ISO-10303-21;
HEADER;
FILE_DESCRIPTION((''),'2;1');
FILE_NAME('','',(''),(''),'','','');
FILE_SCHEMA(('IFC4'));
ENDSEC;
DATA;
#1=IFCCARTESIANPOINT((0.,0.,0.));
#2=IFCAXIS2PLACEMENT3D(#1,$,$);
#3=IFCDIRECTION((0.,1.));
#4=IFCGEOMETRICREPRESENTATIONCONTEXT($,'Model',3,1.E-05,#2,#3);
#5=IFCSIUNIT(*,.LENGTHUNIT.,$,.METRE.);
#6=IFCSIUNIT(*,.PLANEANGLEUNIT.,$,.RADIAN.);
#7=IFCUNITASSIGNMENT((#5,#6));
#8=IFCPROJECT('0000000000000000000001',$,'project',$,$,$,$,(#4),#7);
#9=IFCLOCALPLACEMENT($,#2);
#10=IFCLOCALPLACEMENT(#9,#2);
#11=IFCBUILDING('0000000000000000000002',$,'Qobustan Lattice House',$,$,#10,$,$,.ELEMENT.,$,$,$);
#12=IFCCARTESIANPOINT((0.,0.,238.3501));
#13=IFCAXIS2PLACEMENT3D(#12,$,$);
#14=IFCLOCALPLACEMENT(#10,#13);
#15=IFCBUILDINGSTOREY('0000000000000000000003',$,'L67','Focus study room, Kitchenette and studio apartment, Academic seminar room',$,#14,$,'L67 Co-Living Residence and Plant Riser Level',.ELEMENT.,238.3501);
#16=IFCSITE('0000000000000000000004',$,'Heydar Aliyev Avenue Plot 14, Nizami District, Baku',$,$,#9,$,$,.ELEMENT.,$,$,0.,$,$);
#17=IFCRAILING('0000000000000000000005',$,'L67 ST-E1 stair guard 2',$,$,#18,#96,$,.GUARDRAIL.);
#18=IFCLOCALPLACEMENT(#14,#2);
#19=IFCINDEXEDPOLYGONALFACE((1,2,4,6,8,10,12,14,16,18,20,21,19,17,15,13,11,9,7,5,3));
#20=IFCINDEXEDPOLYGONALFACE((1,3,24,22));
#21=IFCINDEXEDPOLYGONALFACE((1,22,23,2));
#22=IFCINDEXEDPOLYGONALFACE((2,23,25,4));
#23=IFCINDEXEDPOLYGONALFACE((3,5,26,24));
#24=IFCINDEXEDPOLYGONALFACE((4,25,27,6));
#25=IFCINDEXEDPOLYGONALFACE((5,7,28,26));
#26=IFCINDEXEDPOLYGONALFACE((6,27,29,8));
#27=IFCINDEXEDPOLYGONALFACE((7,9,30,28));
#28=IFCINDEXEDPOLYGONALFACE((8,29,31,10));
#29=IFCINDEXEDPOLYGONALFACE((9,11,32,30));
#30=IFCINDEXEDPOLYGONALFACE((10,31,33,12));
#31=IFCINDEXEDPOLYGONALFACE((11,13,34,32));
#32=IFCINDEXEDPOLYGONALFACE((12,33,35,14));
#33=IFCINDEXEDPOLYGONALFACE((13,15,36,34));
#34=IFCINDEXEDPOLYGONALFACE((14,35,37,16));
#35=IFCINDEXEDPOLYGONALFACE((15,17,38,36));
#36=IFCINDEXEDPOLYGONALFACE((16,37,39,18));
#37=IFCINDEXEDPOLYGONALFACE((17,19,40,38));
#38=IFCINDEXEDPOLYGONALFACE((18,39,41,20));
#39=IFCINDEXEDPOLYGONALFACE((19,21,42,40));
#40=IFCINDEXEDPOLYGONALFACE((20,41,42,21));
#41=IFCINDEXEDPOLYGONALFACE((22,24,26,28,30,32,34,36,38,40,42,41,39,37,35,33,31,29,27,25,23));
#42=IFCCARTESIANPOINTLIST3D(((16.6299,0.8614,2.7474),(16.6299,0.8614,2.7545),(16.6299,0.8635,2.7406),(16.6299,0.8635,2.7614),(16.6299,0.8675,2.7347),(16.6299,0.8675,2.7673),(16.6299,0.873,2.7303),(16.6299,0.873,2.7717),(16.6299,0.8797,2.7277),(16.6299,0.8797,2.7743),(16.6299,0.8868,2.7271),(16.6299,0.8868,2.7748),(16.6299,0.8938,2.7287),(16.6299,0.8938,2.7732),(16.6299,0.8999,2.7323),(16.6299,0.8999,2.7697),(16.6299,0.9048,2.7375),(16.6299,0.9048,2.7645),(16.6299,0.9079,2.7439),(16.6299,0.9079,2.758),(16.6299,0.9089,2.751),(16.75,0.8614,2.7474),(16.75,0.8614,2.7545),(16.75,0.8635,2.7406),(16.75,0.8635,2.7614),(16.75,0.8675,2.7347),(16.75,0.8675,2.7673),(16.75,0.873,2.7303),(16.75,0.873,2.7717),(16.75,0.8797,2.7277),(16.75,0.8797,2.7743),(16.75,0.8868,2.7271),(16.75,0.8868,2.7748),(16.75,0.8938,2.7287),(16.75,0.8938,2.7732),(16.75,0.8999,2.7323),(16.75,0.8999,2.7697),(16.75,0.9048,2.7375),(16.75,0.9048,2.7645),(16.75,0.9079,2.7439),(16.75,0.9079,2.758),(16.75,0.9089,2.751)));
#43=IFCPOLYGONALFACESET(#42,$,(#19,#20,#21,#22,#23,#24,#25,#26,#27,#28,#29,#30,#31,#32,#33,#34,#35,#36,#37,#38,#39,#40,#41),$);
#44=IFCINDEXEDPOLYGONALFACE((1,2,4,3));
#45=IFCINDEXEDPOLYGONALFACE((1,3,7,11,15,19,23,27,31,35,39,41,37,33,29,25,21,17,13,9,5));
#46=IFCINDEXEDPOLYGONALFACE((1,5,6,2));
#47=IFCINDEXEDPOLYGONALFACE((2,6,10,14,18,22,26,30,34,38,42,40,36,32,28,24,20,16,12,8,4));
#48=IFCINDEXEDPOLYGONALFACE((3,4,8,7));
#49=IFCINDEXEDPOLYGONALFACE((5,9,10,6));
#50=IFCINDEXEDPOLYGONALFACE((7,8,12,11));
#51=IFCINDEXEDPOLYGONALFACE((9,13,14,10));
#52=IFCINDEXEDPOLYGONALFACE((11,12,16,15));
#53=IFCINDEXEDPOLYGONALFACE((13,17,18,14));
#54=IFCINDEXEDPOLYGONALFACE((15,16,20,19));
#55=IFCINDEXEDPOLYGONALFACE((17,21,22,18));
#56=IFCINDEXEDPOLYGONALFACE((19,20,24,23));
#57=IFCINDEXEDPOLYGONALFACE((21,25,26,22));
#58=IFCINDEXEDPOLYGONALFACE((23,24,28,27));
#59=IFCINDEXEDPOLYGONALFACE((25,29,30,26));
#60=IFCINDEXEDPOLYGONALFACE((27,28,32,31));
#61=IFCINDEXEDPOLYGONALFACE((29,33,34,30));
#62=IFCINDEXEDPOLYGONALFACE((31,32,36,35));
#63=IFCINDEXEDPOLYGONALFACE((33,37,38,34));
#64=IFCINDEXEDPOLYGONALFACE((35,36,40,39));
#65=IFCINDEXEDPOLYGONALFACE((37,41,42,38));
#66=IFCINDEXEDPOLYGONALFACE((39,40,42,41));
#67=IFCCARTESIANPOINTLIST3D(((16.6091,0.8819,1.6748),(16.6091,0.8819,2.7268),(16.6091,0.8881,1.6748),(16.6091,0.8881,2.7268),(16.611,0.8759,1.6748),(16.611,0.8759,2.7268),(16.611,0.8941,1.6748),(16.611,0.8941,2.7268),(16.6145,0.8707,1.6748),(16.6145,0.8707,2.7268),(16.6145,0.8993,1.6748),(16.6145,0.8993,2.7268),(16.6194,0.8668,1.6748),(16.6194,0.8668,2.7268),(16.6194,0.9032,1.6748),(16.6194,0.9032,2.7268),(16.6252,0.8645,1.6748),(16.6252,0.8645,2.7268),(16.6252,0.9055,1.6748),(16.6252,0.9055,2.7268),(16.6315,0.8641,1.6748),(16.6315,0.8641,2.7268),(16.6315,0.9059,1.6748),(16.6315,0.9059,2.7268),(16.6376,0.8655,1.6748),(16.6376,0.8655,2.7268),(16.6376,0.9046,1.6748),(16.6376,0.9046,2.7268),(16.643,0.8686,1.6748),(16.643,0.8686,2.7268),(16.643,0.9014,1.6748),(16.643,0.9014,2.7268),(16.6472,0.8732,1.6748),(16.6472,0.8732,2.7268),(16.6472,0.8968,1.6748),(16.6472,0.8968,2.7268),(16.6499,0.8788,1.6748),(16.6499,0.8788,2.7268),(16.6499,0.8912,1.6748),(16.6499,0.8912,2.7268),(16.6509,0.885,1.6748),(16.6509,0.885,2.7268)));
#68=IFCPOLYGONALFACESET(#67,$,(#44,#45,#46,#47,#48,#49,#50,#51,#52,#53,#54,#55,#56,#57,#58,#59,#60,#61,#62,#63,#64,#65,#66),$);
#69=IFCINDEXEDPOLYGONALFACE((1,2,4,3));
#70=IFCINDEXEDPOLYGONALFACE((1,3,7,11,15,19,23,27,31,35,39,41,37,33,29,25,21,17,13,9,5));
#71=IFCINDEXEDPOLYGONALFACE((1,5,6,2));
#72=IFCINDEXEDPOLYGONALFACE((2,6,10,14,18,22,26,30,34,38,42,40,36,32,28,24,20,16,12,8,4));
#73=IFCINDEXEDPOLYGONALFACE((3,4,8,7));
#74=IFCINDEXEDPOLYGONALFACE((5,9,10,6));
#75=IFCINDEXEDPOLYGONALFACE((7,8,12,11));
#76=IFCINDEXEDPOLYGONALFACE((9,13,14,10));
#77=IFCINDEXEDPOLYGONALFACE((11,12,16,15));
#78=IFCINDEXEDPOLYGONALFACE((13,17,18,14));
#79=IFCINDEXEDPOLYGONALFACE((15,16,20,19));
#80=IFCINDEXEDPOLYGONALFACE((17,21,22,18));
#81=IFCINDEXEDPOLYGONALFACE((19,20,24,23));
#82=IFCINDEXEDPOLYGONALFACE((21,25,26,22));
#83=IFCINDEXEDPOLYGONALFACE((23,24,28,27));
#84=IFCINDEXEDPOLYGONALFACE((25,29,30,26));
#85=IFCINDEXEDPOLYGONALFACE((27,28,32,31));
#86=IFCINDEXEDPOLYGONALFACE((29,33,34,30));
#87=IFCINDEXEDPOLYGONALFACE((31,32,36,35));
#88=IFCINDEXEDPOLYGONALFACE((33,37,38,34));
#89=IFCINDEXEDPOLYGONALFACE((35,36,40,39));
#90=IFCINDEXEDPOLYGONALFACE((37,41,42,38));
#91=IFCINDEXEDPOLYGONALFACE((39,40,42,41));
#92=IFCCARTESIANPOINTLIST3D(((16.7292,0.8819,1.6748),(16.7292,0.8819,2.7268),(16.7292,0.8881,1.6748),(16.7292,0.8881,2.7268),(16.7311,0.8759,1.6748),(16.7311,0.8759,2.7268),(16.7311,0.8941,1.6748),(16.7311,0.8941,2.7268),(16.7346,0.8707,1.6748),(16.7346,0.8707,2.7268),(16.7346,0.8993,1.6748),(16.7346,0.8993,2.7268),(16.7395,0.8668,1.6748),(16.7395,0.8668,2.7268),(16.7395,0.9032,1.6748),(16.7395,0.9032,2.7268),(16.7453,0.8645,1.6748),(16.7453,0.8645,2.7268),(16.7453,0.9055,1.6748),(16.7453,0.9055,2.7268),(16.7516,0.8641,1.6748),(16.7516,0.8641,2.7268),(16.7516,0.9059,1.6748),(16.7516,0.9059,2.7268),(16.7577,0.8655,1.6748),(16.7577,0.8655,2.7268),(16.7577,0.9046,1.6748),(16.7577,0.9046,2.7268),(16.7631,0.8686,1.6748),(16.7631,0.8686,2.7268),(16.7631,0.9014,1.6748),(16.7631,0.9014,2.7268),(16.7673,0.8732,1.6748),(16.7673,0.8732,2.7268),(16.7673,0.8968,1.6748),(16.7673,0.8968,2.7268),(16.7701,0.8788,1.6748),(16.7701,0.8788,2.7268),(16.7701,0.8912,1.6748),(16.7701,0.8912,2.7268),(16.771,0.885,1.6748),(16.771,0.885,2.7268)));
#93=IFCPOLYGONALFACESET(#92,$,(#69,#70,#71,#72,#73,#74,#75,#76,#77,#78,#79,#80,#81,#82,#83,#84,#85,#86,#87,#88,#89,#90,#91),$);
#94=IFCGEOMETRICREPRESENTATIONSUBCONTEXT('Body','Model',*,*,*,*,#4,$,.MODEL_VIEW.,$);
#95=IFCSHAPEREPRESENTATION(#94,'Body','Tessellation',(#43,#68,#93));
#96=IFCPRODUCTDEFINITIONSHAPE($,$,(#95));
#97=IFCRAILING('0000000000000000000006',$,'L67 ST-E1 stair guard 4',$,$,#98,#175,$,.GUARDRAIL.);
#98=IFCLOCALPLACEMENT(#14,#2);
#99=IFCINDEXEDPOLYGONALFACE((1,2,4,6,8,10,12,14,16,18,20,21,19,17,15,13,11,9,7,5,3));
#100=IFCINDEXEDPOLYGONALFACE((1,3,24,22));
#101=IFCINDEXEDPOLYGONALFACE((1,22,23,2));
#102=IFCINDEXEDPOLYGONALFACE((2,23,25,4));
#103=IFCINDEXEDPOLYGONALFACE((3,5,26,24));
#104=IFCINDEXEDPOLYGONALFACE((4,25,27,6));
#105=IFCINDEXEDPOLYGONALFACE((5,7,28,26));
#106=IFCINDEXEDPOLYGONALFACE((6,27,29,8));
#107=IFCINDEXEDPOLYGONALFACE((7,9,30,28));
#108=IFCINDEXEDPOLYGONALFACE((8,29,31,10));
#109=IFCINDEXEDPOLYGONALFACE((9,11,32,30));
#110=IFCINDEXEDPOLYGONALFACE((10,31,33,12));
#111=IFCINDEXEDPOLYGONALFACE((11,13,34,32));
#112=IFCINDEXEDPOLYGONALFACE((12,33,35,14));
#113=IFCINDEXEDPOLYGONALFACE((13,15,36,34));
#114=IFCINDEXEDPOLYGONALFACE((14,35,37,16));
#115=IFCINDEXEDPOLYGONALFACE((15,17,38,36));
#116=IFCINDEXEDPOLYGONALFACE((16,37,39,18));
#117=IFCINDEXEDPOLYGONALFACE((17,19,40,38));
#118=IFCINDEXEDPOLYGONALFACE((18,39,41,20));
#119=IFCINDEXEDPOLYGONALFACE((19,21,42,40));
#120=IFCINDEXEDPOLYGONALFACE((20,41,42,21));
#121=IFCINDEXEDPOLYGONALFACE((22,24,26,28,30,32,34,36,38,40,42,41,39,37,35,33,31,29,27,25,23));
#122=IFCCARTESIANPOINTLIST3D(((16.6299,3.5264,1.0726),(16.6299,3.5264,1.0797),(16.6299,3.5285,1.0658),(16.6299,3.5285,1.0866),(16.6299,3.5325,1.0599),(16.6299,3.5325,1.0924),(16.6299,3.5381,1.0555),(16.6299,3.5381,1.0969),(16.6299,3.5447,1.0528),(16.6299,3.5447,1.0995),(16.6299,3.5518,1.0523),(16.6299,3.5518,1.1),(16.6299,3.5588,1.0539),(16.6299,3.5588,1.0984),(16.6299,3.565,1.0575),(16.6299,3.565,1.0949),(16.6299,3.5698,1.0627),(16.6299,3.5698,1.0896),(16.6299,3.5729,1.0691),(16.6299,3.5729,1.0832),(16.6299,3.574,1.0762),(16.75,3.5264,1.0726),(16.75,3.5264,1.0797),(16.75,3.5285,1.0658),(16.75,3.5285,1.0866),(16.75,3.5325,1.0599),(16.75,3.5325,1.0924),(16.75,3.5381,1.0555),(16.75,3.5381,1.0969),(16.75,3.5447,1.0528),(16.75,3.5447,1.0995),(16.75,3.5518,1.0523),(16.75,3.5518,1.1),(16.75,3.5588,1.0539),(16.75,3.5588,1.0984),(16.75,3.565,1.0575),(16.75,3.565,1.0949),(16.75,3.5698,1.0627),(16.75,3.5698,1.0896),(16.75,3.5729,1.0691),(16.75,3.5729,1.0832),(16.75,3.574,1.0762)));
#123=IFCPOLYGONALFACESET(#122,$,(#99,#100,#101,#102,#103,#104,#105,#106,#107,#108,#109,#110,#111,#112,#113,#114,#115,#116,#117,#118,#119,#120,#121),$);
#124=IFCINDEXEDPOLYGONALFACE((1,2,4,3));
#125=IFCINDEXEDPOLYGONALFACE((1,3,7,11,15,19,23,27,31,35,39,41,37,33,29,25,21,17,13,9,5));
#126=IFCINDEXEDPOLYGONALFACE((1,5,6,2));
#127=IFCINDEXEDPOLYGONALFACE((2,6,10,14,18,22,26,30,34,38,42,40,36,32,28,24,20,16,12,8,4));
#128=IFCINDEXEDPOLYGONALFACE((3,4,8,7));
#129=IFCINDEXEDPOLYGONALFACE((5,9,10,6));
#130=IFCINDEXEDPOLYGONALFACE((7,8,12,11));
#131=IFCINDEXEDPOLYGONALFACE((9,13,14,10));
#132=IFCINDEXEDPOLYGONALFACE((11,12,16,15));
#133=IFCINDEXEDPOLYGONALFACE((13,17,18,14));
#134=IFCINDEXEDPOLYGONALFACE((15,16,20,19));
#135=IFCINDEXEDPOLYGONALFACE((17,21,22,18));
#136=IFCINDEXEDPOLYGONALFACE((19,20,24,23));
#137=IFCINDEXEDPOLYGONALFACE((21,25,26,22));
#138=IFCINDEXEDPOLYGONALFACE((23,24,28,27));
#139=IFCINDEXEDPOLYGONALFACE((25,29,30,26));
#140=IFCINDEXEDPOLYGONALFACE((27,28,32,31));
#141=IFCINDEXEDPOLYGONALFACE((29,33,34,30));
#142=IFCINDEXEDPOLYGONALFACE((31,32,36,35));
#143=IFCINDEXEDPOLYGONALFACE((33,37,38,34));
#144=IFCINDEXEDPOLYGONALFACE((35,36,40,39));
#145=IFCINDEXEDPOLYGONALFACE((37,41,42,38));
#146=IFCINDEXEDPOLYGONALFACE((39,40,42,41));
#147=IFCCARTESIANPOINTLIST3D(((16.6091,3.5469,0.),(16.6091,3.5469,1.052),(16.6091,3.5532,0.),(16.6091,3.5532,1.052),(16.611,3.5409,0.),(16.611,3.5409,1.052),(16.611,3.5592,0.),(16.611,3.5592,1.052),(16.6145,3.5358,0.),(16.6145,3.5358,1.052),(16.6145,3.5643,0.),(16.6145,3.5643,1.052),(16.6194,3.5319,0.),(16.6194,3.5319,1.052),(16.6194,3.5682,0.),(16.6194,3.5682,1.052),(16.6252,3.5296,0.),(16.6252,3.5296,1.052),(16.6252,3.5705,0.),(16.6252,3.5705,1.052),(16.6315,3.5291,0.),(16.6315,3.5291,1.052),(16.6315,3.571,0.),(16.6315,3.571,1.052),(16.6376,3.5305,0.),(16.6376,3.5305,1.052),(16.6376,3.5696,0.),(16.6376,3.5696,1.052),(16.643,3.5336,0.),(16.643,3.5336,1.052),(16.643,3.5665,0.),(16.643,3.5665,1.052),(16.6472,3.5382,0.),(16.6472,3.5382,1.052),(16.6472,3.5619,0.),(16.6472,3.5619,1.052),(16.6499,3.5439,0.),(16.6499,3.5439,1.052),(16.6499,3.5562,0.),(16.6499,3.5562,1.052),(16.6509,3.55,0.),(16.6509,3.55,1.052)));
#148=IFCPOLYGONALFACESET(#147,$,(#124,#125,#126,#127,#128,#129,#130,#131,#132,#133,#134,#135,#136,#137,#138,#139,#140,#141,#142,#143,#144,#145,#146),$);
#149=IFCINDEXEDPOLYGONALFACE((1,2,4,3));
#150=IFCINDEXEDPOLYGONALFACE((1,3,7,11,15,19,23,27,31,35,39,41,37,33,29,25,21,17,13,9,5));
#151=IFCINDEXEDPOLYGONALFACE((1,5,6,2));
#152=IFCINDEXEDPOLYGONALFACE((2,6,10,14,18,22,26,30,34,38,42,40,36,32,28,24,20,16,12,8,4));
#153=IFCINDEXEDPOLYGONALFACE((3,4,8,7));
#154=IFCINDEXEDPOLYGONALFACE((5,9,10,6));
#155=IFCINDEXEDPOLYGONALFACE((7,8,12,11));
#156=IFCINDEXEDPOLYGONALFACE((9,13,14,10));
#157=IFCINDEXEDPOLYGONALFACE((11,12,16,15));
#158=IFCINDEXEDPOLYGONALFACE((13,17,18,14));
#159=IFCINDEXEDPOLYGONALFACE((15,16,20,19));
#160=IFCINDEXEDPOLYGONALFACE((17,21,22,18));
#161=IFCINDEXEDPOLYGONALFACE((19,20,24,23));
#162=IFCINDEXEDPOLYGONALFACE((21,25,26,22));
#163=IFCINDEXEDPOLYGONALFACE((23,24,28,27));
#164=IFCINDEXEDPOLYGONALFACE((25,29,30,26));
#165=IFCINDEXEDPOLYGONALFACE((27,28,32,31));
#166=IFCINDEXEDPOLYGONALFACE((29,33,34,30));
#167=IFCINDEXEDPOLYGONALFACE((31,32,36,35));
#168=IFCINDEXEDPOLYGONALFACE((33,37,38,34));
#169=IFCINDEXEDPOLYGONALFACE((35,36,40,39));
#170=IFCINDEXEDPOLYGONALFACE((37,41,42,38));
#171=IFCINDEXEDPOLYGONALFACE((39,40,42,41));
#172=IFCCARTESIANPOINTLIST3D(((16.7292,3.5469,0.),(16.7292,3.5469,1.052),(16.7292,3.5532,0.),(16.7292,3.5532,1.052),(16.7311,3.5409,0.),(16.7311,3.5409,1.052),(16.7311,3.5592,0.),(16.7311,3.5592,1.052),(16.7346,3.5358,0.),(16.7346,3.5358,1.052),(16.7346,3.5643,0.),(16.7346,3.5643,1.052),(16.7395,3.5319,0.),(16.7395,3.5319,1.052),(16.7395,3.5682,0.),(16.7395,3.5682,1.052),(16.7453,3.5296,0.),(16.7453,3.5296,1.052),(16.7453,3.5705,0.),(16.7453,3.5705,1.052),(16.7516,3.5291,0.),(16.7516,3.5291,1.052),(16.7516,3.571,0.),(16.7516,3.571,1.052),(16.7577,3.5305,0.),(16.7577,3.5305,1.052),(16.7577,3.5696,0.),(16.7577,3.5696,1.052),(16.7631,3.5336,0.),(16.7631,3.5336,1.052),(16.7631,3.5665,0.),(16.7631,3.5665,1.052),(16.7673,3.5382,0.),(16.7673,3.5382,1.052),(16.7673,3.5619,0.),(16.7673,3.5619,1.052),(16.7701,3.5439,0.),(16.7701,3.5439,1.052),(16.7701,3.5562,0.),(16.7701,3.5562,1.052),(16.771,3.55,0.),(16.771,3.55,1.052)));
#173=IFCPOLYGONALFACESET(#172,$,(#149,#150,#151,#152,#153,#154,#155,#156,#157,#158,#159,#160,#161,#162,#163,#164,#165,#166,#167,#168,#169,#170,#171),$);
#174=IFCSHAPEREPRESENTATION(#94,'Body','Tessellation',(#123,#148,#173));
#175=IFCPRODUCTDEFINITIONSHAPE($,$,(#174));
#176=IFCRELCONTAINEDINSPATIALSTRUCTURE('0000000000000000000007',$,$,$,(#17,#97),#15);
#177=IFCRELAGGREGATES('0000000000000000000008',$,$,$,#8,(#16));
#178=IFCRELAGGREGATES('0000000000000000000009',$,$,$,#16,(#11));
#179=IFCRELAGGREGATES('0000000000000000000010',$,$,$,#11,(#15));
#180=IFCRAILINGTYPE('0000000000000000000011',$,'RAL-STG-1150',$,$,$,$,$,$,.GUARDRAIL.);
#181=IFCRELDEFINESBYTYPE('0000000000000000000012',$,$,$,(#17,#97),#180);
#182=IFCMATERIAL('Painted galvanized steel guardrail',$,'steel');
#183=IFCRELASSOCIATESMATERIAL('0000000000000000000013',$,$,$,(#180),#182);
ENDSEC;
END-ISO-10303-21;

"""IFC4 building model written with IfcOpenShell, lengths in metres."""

from ifc_helpers import new_model, si_unit, direction, frame, origin, origin_2d, place, context, subcontext, project, spatial, circle, extrude, material, type_object, element, save


model = new_model("IFC4")

# Units and contexts
model_context = context("Model", 3, precision=1e-05, world=origin(), true_north=direction((0.0, 1.0)))
body_context = subcontext(model_context, "Body", "Model", "MODEL_VIEW")
ifc_project = project(units=[si_unit("LENGTHUNIT", "METRE"), si_unit("PLANEANGLEUNIT", "RADIAN")], contexts=[model_context])

# Site, building, storey
site_placement = place(None, origin())
site = spatial("IfcSite", under=ifc_project, at=site_placement, Name="Heydar Aliyev Avenue Plot 14, Nizami District, Baku", CompositionType="ELEMENT", RefElevation=0.0)
building_placement = place(site_placement, origin())
building = spatial("IfcBuilding", under=site, at=building_placement, Name="Qobustan Lattice House", CompositionType="ELEMENT")
storey_placement = place(building_placement, frame((0.0, 0.0, 238.3501)))
storey = spatial("IfcBuildingStorey", under=building, at=storey_placement, Name="L67", Description="Focus study room, Kitchenette and studio apartment, Academic seminar room", LongName="L67 Co-Living Residence and Plant Riser Level", CompositionType="ELEMENT", Elevation=238.3501)

# Railings
ifc_material_1 = material(Name="Painted galvanized steel guardrail", Category="steel")
railing_type_1 = type_object("IfcRailingType", Name="RAL-STG-1150", PredefinedType="GUARDRAIL", material=ifc_material_1)
for number, where, name in (
    (1, (16.6299, 0.885, 1.6748), "L67 ST-E1 stair guard 2"),
    (2, (16.6299, 3.55, 0.0), "L67 ST-E1 stair guard 4"),
):
    element("IfcRailing", number, at=place(storey_placement, frame(where)), inside=storey, type_object=railing_type_1, Name=name, PredefinedType="GUARDRAIL", context=body_context, shape_type="SweptSolid", body=[
        extrude(circle(Radius=0.0239, at=origin_2d()), frame((0.0, 0.0, 1.0762), z_axis=(1.0, 0.0, 0.0), x_axis=(0.0, 1.0, 0.0)), (0.0, 0.0, 1.0), 0.1201),
        extrude(circle(Radius=0.021, at=origin_2d()), origin(), (0.0, 0.0, 1.0), 1.052),
        extrude(circle(Radius=0.021, at=origin_2d()), frame((0.1201, 0.0, 0.0)), (0.0, 0.0, 1.0), 1.052),
    ])

save(model, "model.ifc")
